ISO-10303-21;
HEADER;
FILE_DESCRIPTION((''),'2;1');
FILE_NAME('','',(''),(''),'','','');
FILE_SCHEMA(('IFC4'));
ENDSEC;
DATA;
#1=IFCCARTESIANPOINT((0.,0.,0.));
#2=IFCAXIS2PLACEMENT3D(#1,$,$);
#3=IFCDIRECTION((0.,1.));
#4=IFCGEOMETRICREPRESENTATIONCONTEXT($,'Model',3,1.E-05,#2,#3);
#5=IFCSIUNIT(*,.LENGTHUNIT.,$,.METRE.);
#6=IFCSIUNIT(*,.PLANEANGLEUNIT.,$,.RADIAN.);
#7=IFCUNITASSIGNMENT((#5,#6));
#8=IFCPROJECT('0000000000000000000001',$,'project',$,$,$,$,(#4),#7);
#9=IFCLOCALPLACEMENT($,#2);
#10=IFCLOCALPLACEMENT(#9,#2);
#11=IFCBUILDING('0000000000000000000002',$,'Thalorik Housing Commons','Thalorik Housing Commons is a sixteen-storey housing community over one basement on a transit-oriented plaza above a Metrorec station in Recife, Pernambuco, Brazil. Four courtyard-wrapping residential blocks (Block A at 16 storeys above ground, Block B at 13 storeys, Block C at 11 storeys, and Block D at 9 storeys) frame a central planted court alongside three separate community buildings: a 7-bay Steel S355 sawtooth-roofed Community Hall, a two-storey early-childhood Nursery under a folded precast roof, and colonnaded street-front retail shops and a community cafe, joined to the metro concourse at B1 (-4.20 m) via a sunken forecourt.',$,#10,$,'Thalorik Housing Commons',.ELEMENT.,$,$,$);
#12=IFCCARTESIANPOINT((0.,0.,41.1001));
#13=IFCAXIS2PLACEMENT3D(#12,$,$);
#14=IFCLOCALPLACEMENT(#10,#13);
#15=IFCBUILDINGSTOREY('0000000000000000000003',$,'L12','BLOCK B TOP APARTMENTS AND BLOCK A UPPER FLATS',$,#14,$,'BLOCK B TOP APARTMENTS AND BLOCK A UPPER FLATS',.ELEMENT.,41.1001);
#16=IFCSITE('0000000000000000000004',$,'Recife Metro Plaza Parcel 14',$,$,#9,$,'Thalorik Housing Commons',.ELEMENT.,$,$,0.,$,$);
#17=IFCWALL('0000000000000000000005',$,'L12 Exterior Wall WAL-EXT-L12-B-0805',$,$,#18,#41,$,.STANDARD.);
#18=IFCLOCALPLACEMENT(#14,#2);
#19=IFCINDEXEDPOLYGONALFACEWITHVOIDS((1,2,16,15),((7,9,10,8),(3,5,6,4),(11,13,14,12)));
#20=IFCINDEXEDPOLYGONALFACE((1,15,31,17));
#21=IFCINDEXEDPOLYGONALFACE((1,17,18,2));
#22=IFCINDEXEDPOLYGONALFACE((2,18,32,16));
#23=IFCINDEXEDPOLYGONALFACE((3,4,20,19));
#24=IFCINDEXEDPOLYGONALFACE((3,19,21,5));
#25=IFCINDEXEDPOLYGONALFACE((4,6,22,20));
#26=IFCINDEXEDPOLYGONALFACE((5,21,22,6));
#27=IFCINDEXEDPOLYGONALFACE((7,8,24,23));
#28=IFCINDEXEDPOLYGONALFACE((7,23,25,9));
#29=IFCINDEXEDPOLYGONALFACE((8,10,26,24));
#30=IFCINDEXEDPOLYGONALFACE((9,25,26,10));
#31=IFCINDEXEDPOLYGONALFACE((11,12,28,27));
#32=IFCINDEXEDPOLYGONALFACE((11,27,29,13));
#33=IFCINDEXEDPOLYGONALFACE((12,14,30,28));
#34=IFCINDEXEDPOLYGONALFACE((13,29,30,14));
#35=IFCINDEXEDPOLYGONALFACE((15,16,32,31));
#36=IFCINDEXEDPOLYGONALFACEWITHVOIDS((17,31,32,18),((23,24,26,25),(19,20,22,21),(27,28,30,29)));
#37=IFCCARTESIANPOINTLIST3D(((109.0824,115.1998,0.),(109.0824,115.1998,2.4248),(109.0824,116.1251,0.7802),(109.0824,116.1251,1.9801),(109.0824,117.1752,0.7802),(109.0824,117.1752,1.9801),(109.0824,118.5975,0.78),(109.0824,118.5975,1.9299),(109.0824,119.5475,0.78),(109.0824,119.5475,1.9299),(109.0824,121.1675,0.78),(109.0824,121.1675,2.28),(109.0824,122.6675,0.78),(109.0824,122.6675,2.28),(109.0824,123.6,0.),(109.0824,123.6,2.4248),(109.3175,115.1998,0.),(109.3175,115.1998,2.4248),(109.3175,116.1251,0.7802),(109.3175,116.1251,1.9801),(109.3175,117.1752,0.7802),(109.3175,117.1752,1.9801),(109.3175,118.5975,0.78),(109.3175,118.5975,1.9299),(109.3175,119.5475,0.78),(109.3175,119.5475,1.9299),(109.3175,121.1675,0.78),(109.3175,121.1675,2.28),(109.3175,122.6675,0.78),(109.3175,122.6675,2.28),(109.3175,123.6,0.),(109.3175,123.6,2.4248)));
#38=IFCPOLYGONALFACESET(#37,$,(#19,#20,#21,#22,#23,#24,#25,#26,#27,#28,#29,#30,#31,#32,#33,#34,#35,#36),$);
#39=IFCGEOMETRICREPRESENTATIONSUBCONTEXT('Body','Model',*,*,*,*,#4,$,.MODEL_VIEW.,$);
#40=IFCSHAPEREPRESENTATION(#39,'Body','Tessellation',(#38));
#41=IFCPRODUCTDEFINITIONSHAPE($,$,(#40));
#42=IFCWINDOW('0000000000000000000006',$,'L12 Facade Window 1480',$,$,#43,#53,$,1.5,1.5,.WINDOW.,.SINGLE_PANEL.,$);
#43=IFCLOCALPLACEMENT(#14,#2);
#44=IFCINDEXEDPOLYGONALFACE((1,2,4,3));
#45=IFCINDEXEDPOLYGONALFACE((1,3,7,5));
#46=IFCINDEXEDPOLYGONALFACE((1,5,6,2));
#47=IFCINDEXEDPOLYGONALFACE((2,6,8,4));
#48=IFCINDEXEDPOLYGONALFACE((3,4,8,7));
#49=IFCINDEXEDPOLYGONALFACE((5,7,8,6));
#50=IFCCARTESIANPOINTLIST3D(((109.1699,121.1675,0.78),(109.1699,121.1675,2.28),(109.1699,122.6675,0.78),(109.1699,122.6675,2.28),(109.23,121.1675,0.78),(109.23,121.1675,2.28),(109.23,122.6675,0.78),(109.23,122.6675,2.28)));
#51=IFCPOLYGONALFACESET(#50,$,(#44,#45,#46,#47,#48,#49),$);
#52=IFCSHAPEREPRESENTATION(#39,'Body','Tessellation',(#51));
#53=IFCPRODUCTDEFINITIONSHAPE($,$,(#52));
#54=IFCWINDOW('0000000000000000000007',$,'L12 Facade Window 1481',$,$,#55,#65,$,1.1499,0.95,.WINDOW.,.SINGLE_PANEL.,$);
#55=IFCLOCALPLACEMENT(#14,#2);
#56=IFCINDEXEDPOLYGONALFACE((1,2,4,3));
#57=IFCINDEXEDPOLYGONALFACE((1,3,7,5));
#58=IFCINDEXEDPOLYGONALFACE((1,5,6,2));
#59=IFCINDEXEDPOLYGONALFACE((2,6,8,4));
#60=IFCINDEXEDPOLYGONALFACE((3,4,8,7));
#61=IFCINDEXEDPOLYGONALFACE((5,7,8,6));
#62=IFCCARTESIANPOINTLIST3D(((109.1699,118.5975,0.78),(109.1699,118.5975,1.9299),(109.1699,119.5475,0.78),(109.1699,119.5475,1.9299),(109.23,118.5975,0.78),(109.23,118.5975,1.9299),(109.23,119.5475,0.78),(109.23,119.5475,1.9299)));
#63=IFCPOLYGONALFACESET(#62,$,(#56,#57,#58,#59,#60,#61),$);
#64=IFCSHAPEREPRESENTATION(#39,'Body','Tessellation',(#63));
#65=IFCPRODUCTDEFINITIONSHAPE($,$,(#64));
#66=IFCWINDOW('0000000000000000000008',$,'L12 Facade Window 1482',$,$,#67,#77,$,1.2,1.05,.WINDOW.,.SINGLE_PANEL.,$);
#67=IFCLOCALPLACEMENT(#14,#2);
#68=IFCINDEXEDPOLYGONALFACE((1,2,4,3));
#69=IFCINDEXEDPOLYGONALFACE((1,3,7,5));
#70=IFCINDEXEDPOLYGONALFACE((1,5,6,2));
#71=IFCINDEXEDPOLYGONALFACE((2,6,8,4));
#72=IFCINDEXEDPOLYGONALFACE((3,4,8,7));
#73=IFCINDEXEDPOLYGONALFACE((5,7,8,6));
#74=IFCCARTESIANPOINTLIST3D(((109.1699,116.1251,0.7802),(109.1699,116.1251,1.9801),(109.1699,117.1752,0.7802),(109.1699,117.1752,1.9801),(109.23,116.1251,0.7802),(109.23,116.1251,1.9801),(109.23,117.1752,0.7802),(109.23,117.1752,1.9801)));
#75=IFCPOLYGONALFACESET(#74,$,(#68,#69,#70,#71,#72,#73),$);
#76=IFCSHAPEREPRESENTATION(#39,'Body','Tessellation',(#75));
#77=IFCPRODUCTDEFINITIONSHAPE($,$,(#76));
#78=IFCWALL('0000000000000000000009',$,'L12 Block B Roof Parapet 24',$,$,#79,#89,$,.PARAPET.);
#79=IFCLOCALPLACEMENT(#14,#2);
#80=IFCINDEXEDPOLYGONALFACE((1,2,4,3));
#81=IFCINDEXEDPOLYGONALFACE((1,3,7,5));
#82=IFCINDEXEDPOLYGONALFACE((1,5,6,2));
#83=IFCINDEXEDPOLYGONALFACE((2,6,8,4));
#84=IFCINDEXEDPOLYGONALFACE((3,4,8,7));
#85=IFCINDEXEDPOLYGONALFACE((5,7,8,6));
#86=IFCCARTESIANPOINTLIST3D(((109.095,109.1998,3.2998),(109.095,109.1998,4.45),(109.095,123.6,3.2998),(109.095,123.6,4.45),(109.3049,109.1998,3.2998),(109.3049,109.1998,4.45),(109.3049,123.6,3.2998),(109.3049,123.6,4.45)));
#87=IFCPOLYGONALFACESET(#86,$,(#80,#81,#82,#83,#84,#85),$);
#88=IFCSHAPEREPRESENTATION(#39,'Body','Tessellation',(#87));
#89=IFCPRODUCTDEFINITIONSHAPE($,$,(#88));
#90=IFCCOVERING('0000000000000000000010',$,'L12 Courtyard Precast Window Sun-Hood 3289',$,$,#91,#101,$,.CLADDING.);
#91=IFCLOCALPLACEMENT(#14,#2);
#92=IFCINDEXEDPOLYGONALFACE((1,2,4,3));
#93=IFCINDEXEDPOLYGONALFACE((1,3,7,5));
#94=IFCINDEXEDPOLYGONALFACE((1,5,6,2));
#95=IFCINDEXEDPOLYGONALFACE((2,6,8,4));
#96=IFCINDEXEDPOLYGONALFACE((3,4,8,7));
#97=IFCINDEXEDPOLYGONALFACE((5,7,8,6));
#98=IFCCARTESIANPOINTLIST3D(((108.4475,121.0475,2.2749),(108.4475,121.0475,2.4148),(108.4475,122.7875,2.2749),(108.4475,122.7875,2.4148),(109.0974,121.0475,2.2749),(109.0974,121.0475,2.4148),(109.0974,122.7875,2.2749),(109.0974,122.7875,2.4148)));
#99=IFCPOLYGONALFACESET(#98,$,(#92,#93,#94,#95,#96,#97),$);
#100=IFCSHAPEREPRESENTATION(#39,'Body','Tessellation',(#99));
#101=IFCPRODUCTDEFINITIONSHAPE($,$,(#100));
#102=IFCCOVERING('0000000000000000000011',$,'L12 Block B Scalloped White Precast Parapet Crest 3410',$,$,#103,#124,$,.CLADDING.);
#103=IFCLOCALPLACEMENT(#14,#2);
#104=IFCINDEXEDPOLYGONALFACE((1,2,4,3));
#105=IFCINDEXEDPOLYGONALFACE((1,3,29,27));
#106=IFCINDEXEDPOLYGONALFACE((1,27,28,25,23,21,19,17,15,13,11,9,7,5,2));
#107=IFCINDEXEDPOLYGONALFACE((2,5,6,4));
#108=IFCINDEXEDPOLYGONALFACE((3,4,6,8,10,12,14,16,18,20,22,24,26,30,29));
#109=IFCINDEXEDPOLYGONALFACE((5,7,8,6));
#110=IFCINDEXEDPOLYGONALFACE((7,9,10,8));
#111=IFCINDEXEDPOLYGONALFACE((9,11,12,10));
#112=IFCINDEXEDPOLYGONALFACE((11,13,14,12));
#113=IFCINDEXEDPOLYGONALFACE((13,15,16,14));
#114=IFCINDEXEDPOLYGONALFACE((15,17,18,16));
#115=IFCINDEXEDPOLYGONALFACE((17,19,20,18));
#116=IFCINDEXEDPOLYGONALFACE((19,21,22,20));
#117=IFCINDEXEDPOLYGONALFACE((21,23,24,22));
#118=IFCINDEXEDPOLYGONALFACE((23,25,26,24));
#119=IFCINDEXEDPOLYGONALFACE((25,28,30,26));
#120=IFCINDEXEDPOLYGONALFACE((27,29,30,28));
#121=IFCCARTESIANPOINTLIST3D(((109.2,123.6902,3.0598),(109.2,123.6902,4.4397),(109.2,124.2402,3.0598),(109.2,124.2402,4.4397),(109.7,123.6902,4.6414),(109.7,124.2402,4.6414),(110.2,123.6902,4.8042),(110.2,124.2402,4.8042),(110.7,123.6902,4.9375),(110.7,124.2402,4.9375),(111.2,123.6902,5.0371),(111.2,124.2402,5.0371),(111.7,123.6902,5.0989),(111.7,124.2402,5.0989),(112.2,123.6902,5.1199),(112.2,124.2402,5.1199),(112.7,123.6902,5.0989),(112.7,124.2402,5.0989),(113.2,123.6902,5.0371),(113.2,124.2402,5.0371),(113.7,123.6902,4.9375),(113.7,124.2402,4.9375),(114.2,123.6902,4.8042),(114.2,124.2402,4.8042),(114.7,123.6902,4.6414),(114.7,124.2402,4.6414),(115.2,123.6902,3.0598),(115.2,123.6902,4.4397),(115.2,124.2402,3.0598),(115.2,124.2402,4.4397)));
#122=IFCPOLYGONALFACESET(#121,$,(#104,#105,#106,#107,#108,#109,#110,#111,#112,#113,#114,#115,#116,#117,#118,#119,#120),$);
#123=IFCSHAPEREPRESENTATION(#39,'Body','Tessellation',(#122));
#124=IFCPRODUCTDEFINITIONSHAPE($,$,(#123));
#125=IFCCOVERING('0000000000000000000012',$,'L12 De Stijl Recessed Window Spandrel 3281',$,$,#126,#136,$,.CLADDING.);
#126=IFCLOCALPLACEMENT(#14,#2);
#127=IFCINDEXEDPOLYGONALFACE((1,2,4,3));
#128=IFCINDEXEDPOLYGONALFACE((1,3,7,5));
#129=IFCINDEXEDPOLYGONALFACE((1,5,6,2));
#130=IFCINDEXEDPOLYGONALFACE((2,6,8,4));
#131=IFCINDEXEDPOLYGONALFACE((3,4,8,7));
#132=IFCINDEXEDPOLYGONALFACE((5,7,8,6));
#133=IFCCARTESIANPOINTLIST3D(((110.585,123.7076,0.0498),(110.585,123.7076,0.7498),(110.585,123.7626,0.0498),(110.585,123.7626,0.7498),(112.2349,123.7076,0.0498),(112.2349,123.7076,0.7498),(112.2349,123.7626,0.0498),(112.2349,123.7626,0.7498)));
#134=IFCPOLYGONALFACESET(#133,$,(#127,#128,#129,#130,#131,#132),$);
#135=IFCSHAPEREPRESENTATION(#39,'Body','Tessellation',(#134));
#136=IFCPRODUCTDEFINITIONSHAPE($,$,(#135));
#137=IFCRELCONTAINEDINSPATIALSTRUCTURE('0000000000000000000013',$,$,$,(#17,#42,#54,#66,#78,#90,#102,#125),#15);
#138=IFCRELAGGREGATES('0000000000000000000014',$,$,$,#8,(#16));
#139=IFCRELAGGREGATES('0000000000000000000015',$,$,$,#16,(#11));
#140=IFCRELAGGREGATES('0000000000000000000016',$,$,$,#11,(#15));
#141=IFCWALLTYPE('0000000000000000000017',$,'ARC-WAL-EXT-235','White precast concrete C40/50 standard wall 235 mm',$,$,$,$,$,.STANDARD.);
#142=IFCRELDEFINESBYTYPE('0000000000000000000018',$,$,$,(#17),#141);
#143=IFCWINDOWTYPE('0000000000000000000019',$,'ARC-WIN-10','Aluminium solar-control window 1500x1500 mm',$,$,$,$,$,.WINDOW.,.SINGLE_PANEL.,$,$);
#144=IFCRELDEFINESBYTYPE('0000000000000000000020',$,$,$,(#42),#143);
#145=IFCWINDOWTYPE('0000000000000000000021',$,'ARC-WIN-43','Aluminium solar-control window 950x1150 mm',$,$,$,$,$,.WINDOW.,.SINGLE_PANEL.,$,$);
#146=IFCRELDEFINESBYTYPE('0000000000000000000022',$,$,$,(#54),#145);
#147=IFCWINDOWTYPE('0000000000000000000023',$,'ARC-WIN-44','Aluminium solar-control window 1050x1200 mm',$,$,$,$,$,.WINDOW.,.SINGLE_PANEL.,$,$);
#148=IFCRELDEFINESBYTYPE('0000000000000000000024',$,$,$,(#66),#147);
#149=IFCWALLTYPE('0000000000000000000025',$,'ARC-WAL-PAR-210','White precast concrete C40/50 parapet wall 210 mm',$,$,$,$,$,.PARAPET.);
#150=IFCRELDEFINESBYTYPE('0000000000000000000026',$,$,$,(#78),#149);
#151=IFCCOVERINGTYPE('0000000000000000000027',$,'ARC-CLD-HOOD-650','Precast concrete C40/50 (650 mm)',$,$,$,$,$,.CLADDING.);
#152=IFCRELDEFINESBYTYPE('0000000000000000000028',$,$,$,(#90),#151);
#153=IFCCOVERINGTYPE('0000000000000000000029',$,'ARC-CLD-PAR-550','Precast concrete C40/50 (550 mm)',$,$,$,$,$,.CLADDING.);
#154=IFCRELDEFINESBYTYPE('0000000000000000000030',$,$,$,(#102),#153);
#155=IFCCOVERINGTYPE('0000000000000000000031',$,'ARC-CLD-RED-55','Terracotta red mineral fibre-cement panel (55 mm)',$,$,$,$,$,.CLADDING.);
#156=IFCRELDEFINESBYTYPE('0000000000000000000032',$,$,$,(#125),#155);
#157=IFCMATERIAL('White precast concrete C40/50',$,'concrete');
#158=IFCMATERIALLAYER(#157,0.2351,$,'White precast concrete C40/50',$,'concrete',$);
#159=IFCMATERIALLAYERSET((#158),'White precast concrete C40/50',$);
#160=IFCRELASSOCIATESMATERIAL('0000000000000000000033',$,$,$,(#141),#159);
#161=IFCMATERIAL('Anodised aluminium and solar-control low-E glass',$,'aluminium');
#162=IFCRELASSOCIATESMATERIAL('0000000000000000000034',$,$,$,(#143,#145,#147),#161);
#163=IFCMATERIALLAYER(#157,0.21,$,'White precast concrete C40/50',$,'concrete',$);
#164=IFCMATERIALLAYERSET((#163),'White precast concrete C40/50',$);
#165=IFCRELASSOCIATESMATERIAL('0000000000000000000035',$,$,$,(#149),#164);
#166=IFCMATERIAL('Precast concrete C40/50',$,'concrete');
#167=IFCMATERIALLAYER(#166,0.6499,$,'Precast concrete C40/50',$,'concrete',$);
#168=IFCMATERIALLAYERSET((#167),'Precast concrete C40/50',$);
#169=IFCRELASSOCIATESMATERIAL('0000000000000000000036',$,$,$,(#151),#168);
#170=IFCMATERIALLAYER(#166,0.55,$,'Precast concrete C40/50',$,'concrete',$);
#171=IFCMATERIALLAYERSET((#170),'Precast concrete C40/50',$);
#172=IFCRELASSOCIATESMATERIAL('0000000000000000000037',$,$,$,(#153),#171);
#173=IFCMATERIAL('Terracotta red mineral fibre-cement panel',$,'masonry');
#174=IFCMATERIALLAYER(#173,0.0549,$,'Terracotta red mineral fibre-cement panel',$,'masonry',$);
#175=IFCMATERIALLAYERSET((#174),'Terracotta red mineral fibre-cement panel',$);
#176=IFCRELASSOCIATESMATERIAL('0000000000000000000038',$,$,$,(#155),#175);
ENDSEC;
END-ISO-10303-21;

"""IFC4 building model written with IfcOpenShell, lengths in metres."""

from ifc_helpers import new_model, si_unit, direction, frame, frame_2d, origin, origin_2d, place, context, subcontext, project, spatial, polyline, rectangle, outline, extrude, material, layer, layer_set, type_object, element, fill, save


model = new_model("IFC4")

# Units and contexts
model_context = context("Model", 3, precision=1e-05, world=origin(), true_north=direction((0.0, 1.0)))
body_context = subcontext(model_context, "Body", "Model", "MODEL_VIEW")
ifc_project = project(units=[si_unit("LENGTHUNIT", "METRE"), si_unit("PLANEANGLEUNIT", "RADIAN")], contexts=[model_context])

# Site, building, storey
site_placement = place(None, origin())
site = spatial("IfcSite", under=ifc_project, at=site_placement, Name="Recife Metro Plaza Parcel 14", LongName="Thalorik Housing Commons", CompositionType="ELEMENT", RefElevation=0.0)
building_placement = place(site_placement, origin())
building = spatial("IfcBuilding", under=site, at=building_placement, Name="Thalorik Housing Commons", Description="Thalorik Housing Commons is a sixteen-storey housing community over one basement on a transit-oriented plaza above a Metrorec station in Recife, Pernambuco, Brazil. Four courtyard-wrapping residential blocks (Block A at 16 storeys above ground, Block B at 13 storeys, Block C at 11 storeys, and Block D at 9 storeys) frame a central planted court alongside three separate community buildings: a 7-bay Steel S355 sawtooth-roofed Community Hall, a two-storey early-childhood Nursery under a folded precast roof, and colonnaded street-front retail shops and a community cafe, joined to the metro concourse at B1 (-4.20 m) via a sunken forecourt.", LongName="Thalorik Housing Commons", CompositionType="ELEMENT")
storey_placement = place(building_placement, frame((0.0, 0.0, 41.1001)))
storey = spatial("IfcBuildingStorey", under=building, at=storey_placement, Name="L12", Description="BLOCK B TOP APARTMENTS AND BLOCK A UPPER FLATS", LongName="BLOCK B TOP APARTMENTS AND BLOCK A UPPER FLATS", CompositionType="ELEMENT", Elevation=41.1001)

# Shared definitions
ifc_material_1 = material(Name="Precast concrete C40/50", Category="concrete")

# Wall, openings, windows
ifc_material_2 = material(Name="White precast concrete C40/50", Category="concrete")
ifc_layer_1 = layer(ifc_material_2, 0.2351, Name="White precast concrete C40/50", Category="concrete")
ifc_layer_set_1 = layer_set([ifc_layer_1], Name="White precast concrete C40/50")
wall_type_1 = type_object("IfcWallType", Name="ARC-WAL-EXT-235", Description="White precast concrete C40/50 standard wall 235 mm", PredefinedType="STANDARD", material=ifc_layer_set_1)
wall_1_placement = place(storey_placement, frame((109.2, 123.6001, 0.0), z_axis=(0.0, 0.0, 1.0), x_axis=(0.0, -1.0, 0.0)))
wall_1 = element("IfcWall", 1, at=wall_1_placement, inside=storey, type_object=wall_type_1, Name="L12 Exterior Wall WAL-EXT-L12-B-0805", PredefinedType="STANDARD", context=body_context, shape_type="SweptSolid", body=[
    extrude(rectangle(XDim=8.4001, YDim=0.2351, at=frame_2d((4.2002, 0.0))), origin(), (0.0, 0.0, 1.0), 2.4248),
])
opening_1_placement = place(wall_1_placement, frame((0.9326, 0.0, 0.78)))
opening_1 = element("IfcOpeningElement", 2, at=opening_1_placement, cuts=wall_1, PredefinedType="OPENING", context=body_context, shape_type="SweptSolid", body=[
    extrude(rectangle(XDim=1.5, YDim=1.5, at=frame_2d((0.75, 0.75))), frame((0.0, 0.1274, 0.0), z_axis=(0.0, -1.0, 0.0), x_axis=(1.0, 0.0, 0.0)), (0.0, 0.0, 1.0), 0.2551),
])
opening_2_placement = place(wall_1_placement, frame((4.0525, 0.0, 0.78)))
opening_2 = element("IfcOpeningElement", 3, at=opening_2_placement, cuts=wall_1, PredefinedType="OPENING", context=body_context, shape_type="SweptSolid", body=[
    extrude(rectangle(XDim=0.95, YDim=1.1499, at=frame_2d((0.4751, 0.575))), frame((0.0, 0.1274, 0.0), z_axis=(0.0, -1.0, 0.0), x_axis=(1.0, 0.0, 0.0)), (0.0, 0.0, 1.0), 0.2551),
])
opening_3_placement = place(wall_1_placement, frame((6.425, 0.0, 0.78)))
opening_3 = element("IfcOpeningElement", 4, at=opening_3_placement, cuts=wall_1, PredefinedType="OPENING", context=body_context, shape_type="SweptSolid", body=[
    extrude(rectangle(XDim=1.05, YDim=1.2, at=frame_2d((0.5249, 0.6001))), frame((0.0, 0.1274, 0.0), z_axis=(0.0, -1.0, 0.0), x_axis=(1.0, 0.0, 0.0)), (0.0, 0.0, 1.0), 0.2551),
])
ifc_material_3 = material(Name="Anodised aluminium and solar-control low-E glass", Category="aluminium")
window_type_1 = type_object("IfcWindowType", Name="ARC-WIN-10", Description="Aluminium solar-control window 1500x1500 mm", PartitioningType="SINGLE_PANEL", PredefinedType="WINDOW", material=ifc_material_3)
window_1_placement = place(opening_1_placement, origin())
window_1 = element("IfcWindow", 5, at=window_1_placement, inside=storey, type_object=window_type_1, Name="L12 Facade Window 1480", OverallHeight=1.5, OverallWidth=1.5, PartitioningType="SINGLE_PANEL", PredefinedType="WINDOW", context=body_context, shape_type="SweptSolid", body=[
    extrude(rectangle(XDim=1.5, YDim=1.5, at=frame_2d((0.75, 0.75))), frame((0.0, 0.03, 0.0), z_axis=(0.0, -1.0, 0.0), x_axis=(1.0, 0.0, 0.0)), (0.0, 0.0, 1.0), 0.0601),
])
fill(opening_1, window_1)
window_type_2 = type_object("IfcWindowType", Name="ARC-WIN-43", Description="Aluminium solar-control window 950x1150 mm", PartitioningType="SINGLE_PANEL", PredefinedType="WINDOW", material=ifc_material_3)
window_2_placement = place(opening_2_placement, origin())
window_2 = element("IfcWindow", 6, at=window_2_placement, inside=storey, type_object=window_type_2, Name="L12 Facade Window 1481", OverallHeight=1.1499, OverallWidth=0.95, PartitioningType="SINGLE_PANEL", PredefinedType="WINDOW", context=body_context, shape_type="SweptSolid", body=[
    extrude(rectangle(XDim=0.95, YDim=1.1499, at=frame_2d((0.4751, 0.575))), frame((0.0, 0.03, 0.0), z_axis=(0.0, -1.0, 0.0), x_axis=(1.0, 0.0, 0.0)), (0.0, 0.0, 1.0), 0.0601),
])
fill(opening_2, window_2)
window_type_3 = type_object("IfcWindowType", Name="ARC-WIN-44", Description="Aluminium solar-control window 1050x1200 mm", PartitioningType="SINGLE_PANEL", PredefinedType="WINDOW", material=ifc_material_3)
window_3_placement = place(opening_3_placement, origin())
window_3 = element("IfcWindow", 7, at=window_3_placement, inside=storey, type_object=window_type_3, Name="L12 Facade Window 1482", OverallHeight=1.2, OverallWidth=1.05, PartitioningType="SINGLE_PANEL", PredefinedType="WINDOW", context=body_context, shape_type="SweptSolid", body=[
    extrude(rectangle(XDim=1.05, YDim=1.2, at=frame_2d((0.5249, 0.6001))), frame((0.0, 0.03, 0.0), z_axis=(0.0, -1.0, 0.0), x_axis=(1.0, 0.0, 0.0)), (0.0, 0.0, 1.0), 0.0601),
])
fill(opening_3, window_3)

# Wall
ifc_layer_2 = layer(ifc_material_2, 0.21, Name="White precast concrete C40/50", Category="concrete")
ifc_layer_set_2 = layer_set([ifc_layer_2], Name="White precast concrete C40/50")
wall_type_2 = type_object("IfcWallType", Name="ARC-WAL-PAR-210", Description="White precast concrete C40/50 parapet wall 210 mm", PredefinedType="PARAPET", material=ifc_layer_set_2)
wall_2_placement = place(storey_placement, frame((109.2, 123.6001, 3.2998), z_axis=(0.0, 0.0, 1.0), x_axis=(0.0, -1.0, 0.0)))
element("IfcWall", 8, at=wall_2_placement, inside=storey, type_object=wall_type_2, Name="L12 Block B Roof Parapet 24", PredefinedType="PARAPET", context=body_context, shape_type="SweptSolid", body=[
    extrude(rectangle(XDim=14.4001, YDim=0.21, at=frame_2d((7.2002, 0.0))), origin(), (0.0, 0.0, 1.0), 1.1501),
])

# Coverings
ifc_layer_3 = layer(ifc_material_1, 0.6499, Name="Precast concrete C40/50", Category="concrete")
ifc_layer_set_3 = layer_set([ifc_layer_3], Name="Precast concrete C40/50")
covering_type_1 = type_object("IfcCoveringType", Name="ARC-CLD-HOOD-650", Description="Precast concrete C40/50 (650 mm)", PredefinedType="CLADDING", material=ifc_layer_set_3)
covering_1_placement = place(storey_placement, frame((108.7725, 121.9175, 2.2749), z_axis=(0.0, 0.0, 1.0), x_axis=(0.0, -1.0, 0.0)))
element("IfcCovering", 9, at=covering_1_placement, inside=storey, type_object=covering_type_1, Name="L12 Courtyard Precast Window Sun-Hood 3289", PredefinedType="CLADDING", context=body_context, shape_type="SweptSolid", body=[
    extrude(rectangle(XDim=1.74, YDim=0.6499, at=origin_2d()), origin(), (0.0, 0.0, 1.0), 0.1399),
])
ifc_layer_4 = layer(ifc_material_1, 0.55, Name="Precast concrete C40/50", Category="concrete")
ifc_layer_set_4 = layer_set([ifc_layer_4], Name="Precast concrete C40/50")
covering_type_2 = type_object("IfcCoveringType", Name="ARC-CLD-PAR-550", Description="Precast concrete C40/50 (550 mm)", PredefinedType="CLADDING", material=ifc_layer_set_4)
covering_2_placement = place(storey_placement, frame((112.2, 123.9651, 3.0598), z_axis=(0.0, 0.0, 1.0), x_axis=(-1.0, 0.0, 0.0)))
element("IfcCovering", 10, at=covering_2_placement, inside=storey, type_object=covering_type_2, Name="L12 Block B Scalloped White Precast Parapet Crest 3410", PredefinedType="CLADDING", context=body_context, shape_type="SweptSolid", body=[
    extrude(outline(polyline([(-3.0, 0.0), (3.0, 0.0), (3.0, 1.3799), (2.5, 1.5815), (2.0, 1.7444), (1.5, 1.8777), (1.0, 1.9773), (0.5, 2.0391), (0.0, 2.0601), (-0.5, 2.0391), (-1.0, 1.9773), (-1.5, 1.8777), (-2.0, 1.7444), (-2.5, 1.5815), (-3.0, 1.3799), (-3.0, 0.0)])), frame((0.0, 0.2749, 0.0), z_axis=(0.0, -1.0, 0.0), x_axis=(1.0, 0.0, 0.0)), (0.0, 0.0, 1.0), 0.55),
])
ifc_material_4 = material(Name="Terracotta red mineral fibre-cement panel", Category="masonry")
ifc_layer_5 = layer(ifc_material_4, 0.0549, Name="Terracotta red mineral fibre-cement panel", Category="masonry")
ifc_layer_set_5 = layer_set([ifc_layer_5], Name="Terracotta red mineral fibre-cement panel")
covering_type_3 = type_object("IfcCoveringType", Name="ARC-CLD-RED-55", Description="Terracotta red mineral fibre-cement panel (55 mm)", PredefinedType="CLADDING", material=ifc_layer_set_5)
covering_3_placement = place(storey_placement, frame((111.4099, 123.7351, 0.0498), z_axis=(0.0, 0.0, 1.0), x_axis=(-1.0, 0.0, 0.0)))
element("IfcCovering", 11, at=covering_3_placement, inside=storey, type_object=covering_type_3, Name="L12 De Stijl Recessed Window Spandrel 3281", PredefinedType="CLADDING", context=body_context, shape_type="SweptSolid", body=[
    extrude(rectangle(XDim=1.6499, YDim=0.0549, at=origin_2d()), origin(), (0.0, 0.0, 1.0), 0.7),
])

save(model, "model.ifc")
